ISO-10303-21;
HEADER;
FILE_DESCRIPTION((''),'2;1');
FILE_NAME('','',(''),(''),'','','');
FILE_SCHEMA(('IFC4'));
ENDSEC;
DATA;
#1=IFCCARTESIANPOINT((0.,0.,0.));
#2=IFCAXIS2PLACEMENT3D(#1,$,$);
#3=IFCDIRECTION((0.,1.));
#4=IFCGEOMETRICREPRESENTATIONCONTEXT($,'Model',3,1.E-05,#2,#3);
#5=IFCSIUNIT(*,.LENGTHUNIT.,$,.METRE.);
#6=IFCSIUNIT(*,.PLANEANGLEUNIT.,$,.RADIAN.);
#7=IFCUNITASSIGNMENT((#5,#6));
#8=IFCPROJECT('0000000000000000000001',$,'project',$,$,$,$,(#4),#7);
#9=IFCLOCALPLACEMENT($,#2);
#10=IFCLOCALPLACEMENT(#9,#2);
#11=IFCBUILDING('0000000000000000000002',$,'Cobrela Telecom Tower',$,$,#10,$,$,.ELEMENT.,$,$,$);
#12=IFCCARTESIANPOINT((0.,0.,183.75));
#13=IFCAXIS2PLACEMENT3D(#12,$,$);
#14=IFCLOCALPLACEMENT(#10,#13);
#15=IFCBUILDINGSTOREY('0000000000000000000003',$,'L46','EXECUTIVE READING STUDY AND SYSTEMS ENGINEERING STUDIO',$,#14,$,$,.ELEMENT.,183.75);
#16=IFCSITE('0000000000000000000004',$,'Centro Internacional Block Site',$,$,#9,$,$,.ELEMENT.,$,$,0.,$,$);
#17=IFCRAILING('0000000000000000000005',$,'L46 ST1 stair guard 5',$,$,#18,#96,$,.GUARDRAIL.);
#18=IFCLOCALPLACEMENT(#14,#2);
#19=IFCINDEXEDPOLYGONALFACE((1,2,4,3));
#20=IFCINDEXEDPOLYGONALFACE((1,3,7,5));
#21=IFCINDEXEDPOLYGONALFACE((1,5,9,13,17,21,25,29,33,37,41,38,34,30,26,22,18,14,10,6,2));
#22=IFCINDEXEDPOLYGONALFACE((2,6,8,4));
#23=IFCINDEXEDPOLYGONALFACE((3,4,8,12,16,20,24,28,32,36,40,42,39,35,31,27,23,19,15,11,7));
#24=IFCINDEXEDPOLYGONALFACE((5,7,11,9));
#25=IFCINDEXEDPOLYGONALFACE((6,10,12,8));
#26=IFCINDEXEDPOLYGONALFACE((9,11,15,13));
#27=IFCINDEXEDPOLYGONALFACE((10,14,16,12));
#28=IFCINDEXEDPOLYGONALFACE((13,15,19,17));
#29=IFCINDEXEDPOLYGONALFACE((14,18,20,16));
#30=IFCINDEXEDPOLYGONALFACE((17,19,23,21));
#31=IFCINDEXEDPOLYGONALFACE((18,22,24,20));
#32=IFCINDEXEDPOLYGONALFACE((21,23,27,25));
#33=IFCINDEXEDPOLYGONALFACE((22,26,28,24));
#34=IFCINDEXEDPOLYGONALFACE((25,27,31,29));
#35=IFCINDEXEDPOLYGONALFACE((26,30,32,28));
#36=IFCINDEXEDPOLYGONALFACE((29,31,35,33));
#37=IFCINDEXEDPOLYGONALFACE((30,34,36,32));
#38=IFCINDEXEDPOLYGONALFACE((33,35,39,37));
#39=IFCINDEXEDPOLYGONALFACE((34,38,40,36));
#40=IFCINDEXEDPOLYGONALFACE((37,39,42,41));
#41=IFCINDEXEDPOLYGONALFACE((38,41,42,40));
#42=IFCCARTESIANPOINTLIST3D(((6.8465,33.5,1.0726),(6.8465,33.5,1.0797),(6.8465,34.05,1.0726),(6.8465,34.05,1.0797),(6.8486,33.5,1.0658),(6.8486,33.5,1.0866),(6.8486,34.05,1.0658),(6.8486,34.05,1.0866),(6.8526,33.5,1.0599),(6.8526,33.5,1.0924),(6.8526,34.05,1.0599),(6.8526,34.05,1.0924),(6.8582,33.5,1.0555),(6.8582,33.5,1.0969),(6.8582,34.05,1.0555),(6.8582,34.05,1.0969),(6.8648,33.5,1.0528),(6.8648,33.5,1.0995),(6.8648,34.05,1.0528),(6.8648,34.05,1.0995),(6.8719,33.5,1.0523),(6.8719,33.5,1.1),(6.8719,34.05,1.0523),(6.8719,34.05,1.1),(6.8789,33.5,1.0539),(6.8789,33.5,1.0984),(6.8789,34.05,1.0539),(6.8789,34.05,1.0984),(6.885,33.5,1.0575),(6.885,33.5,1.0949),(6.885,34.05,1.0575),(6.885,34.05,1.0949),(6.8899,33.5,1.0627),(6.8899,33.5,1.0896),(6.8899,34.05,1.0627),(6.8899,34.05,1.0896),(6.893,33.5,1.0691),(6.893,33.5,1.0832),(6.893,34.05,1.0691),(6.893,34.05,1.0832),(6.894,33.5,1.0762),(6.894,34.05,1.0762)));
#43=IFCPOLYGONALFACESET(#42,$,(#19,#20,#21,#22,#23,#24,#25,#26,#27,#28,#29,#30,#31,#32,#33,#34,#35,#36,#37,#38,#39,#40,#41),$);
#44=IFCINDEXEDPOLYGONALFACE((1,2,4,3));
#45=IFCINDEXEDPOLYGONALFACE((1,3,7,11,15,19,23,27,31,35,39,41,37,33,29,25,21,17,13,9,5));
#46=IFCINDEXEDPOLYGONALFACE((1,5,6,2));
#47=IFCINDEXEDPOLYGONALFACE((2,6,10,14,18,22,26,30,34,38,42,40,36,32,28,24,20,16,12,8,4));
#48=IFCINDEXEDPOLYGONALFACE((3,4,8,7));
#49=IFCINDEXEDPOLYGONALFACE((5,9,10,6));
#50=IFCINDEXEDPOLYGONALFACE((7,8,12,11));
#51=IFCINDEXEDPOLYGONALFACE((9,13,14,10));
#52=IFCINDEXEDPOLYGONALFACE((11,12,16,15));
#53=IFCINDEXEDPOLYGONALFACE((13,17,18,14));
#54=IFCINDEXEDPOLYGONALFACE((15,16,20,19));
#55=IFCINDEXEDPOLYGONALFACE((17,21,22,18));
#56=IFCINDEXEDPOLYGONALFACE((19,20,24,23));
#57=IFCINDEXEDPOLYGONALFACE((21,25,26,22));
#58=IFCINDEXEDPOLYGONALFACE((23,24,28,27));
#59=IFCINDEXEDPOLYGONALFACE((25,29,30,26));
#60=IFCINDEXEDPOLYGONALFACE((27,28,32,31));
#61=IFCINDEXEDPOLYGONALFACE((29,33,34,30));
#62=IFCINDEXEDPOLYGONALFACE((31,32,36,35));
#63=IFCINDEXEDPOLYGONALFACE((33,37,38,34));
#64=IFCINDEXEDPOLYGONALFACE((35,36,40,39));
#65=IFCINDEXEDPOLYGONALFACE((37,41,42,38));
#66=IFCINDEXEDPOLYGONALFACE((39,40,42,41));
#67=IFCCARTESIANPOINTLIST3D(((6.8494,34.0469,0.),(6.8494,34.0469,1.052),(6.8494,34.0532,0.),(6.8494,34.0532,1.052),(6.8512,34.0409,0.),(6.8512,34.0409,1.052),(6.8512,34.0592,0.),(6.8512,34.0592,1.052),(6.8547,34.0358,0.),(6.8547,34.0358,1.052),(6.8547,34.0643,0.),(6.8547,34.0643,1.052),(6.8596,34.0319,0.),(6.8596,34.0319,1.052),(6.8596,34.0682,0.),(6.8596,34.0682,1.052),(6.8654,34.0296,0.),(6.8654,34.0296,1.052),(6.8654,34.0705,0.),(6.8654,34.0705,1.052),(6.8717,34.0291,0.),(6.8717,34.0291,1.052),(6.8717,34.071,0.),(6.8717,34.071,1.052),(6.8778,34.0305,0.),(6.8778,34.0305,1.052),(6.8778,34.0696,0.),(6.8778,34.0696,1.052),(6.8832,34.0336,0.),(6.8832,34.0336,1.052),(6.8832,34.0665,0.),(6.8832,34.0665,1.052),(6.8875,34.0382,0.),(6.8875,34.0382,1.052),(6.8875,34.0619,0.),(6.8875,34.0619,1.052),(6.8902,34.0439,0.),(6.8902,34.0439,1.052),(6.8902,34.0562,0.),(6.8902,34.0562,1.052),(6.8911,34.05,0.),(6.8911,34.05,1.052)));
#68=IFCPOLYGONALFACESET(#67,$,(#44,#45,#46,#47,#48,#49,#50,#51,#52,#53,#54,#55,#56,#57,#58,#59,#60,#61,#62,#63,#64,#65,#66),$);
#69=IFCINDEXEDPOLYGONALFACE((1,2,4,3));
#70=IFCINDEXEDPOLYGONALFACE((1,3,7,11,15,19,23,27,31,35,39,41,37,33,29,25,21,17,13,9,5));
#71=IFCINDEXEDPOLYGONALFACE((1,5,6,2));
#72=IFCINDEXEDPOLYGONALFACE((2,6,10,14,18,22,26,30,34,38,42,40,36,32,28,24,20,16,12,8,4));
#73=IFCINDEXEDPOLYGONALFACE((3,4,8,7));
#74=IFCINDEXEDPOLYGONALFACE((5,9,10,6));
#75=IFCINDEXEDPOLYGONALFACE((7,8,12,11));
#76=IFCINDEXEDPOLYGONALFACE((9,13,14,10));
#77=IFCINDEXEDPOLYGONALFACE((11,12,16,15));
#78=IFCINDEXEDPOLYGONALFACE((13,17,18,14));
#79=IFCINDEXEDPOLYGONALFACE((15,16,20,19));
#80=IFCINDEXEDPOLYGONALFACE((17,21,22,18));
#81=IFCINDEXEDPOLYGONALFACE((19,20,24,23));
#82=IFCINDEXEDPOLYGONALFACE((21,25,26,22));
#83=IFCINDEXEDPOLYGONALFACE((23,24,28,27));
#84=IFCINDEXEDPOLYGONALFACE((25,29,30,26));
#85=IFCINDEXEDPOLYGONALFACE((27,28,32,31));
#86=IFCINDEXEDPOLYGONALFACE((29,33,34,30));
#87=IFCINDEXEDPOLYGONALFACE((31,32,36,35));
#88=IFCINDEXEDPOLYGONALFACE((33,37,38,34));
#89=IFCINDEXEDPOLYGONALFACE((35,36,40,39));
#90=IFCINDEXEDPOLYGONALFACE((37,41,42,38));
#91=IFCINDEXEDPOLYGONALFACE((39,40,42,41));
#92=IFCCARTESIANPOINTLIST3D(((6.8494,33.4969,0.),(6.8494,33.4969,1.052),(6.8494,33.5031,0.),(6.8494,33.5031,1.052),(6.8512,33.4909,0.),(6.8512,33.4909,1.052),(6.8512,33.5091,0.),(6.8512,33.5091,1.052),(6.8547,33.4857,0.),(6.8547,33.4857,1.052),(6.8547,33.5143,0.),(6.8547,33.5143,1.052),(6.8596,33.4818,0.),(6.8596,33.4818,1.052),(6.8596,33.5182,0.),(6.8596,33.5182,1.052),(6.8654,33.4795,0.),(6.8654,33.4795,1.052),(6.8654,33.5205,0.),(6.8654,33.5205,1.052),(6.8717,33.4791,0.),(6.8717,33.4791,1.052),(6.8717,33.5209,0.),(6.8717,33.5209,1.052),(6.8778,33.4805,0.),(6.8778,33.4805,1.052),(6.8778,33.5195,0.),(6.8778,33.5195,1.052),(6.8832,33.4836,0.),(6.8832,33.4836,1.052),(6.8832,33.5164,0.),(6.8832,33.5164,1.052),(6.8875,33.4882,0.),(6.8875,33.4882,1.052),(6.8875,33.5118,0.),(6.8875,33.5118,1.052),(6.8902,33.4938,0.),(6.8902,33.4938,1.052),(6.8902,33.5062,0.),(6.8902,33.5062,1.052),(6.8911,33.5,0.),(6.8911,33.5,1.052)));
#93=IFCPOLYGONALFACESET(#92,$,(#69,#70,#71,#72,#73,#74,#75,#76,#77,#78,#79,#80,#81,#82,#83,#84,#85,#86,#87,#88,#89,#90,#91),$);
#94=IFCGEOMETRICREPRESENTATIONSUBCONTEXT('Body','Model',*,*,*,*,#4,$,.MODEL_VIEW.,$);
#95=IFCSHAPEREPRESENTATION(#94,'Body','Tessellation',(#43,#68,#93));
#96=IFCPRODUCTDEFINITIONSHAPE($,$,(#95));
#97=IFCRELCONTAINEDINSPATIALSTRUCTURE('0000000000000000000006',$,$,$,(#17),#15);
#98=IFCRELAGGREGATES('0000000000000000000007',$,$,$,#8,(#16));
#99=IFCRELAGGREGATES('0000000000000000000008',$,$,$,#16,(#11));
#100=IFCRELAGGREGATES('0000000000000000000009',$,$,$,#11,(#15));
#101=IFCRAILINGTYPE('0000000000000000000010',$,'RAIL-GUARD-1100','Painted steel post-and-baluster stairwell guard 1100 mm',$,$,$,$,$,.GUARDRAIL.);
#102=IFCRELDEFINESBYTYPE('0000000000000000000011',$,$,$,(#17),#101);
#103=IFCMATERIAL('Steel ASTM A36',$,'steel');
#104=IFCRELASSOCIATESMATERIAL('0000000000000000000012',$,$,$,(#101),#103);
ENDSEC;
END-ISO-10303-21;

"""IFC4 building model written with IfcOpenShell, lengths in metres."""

from ifc_helpers import new_model, si_unit, direction, frame, origin, origin_2d, place, context, subcontext, project, spatial, circle, extrude, material, type_object, element, save


model = new_model("IFC4")

# Units and contexts
model_context = context("Model", 3, precision=1e-05, world=origin(), true_north=direction((0.0, 1.0)))
body_context = subcontext(model_context, "Body", "Model", "MODEL_VIEW")
ifc_project = project(units=[si_unit("LENGTHUNIT", "METRE"), si_unit("PLANEANGLEUNIT", "RADIAN")], contexts=[model_context])

# Site, building, storey
site_placement = place(None, origin())
site = spatial("IfcSite", under=ifc_project, at=site_placement, Name="Centro Internacional Block Site", CompositionType="ELEMENT", RefElevation=0.0)
building_placement = place(site_placement, origin())
building = spatial("IfcBuilding", under=site, at=building_placement, Name="Cobrela Telecom Tower", CompositionType="ELEMENT")
storey_placement = place(building_placement, frame((0.0, 0.0, 183.75)))
storey = spatial("IfcBuildingStorey", under=building, at=storey_placement, Name="L46", Description="EXECUTIVE READING STUDY AND SYSTEMS ENGINEERING STUDIO", CompositionType="ELEMENT", Elevation=183.75)

# Shared definitions
ifc_material_1 = material(Name="Steel ASTM A36", Category="steel")

# Railing
railing_type_1 = type_object("IfcRailingType", Name="RAIL-GUARD-1100", Description="Painted steel post-and-baluster stairwell guard 1100 mm", PredefinedType="GUARDRAIL", material=ifc_material_1)
railing_1_placement = place(storey_placement, frame((6.8701, 34.05, 0.0)))
element("IfcRailing", 1, at=railing_1_placement, inside=storey, type_object=railing_type_1, Name="L46 ST1 stair guard 5", PredefinedType="GUARDRAIL", context=body_context, shape_type="SweptSolid", body=[
    extrude(circle(Radius=0.0239, at=origin_2d()), frame((0.0, 0.0, 1.0762), z_axis=(0.0, -1.0, 0.0), x_axis=(1.0, 0.0, 0.0)), (0.0, 0.0, 1.0), 0.55),
    extrude(circle(Radius=0.021, at=origin_2d()), origin(), (0.0, 0.0, 1.0), 1.052),
    extrude(circle(Radius=0.021, at=origin_2d()), frame((0.0, -0.55, 0.0)), (0.0, 0.0, 1.0), 1.052),
])

save(model, "model.ifc")
